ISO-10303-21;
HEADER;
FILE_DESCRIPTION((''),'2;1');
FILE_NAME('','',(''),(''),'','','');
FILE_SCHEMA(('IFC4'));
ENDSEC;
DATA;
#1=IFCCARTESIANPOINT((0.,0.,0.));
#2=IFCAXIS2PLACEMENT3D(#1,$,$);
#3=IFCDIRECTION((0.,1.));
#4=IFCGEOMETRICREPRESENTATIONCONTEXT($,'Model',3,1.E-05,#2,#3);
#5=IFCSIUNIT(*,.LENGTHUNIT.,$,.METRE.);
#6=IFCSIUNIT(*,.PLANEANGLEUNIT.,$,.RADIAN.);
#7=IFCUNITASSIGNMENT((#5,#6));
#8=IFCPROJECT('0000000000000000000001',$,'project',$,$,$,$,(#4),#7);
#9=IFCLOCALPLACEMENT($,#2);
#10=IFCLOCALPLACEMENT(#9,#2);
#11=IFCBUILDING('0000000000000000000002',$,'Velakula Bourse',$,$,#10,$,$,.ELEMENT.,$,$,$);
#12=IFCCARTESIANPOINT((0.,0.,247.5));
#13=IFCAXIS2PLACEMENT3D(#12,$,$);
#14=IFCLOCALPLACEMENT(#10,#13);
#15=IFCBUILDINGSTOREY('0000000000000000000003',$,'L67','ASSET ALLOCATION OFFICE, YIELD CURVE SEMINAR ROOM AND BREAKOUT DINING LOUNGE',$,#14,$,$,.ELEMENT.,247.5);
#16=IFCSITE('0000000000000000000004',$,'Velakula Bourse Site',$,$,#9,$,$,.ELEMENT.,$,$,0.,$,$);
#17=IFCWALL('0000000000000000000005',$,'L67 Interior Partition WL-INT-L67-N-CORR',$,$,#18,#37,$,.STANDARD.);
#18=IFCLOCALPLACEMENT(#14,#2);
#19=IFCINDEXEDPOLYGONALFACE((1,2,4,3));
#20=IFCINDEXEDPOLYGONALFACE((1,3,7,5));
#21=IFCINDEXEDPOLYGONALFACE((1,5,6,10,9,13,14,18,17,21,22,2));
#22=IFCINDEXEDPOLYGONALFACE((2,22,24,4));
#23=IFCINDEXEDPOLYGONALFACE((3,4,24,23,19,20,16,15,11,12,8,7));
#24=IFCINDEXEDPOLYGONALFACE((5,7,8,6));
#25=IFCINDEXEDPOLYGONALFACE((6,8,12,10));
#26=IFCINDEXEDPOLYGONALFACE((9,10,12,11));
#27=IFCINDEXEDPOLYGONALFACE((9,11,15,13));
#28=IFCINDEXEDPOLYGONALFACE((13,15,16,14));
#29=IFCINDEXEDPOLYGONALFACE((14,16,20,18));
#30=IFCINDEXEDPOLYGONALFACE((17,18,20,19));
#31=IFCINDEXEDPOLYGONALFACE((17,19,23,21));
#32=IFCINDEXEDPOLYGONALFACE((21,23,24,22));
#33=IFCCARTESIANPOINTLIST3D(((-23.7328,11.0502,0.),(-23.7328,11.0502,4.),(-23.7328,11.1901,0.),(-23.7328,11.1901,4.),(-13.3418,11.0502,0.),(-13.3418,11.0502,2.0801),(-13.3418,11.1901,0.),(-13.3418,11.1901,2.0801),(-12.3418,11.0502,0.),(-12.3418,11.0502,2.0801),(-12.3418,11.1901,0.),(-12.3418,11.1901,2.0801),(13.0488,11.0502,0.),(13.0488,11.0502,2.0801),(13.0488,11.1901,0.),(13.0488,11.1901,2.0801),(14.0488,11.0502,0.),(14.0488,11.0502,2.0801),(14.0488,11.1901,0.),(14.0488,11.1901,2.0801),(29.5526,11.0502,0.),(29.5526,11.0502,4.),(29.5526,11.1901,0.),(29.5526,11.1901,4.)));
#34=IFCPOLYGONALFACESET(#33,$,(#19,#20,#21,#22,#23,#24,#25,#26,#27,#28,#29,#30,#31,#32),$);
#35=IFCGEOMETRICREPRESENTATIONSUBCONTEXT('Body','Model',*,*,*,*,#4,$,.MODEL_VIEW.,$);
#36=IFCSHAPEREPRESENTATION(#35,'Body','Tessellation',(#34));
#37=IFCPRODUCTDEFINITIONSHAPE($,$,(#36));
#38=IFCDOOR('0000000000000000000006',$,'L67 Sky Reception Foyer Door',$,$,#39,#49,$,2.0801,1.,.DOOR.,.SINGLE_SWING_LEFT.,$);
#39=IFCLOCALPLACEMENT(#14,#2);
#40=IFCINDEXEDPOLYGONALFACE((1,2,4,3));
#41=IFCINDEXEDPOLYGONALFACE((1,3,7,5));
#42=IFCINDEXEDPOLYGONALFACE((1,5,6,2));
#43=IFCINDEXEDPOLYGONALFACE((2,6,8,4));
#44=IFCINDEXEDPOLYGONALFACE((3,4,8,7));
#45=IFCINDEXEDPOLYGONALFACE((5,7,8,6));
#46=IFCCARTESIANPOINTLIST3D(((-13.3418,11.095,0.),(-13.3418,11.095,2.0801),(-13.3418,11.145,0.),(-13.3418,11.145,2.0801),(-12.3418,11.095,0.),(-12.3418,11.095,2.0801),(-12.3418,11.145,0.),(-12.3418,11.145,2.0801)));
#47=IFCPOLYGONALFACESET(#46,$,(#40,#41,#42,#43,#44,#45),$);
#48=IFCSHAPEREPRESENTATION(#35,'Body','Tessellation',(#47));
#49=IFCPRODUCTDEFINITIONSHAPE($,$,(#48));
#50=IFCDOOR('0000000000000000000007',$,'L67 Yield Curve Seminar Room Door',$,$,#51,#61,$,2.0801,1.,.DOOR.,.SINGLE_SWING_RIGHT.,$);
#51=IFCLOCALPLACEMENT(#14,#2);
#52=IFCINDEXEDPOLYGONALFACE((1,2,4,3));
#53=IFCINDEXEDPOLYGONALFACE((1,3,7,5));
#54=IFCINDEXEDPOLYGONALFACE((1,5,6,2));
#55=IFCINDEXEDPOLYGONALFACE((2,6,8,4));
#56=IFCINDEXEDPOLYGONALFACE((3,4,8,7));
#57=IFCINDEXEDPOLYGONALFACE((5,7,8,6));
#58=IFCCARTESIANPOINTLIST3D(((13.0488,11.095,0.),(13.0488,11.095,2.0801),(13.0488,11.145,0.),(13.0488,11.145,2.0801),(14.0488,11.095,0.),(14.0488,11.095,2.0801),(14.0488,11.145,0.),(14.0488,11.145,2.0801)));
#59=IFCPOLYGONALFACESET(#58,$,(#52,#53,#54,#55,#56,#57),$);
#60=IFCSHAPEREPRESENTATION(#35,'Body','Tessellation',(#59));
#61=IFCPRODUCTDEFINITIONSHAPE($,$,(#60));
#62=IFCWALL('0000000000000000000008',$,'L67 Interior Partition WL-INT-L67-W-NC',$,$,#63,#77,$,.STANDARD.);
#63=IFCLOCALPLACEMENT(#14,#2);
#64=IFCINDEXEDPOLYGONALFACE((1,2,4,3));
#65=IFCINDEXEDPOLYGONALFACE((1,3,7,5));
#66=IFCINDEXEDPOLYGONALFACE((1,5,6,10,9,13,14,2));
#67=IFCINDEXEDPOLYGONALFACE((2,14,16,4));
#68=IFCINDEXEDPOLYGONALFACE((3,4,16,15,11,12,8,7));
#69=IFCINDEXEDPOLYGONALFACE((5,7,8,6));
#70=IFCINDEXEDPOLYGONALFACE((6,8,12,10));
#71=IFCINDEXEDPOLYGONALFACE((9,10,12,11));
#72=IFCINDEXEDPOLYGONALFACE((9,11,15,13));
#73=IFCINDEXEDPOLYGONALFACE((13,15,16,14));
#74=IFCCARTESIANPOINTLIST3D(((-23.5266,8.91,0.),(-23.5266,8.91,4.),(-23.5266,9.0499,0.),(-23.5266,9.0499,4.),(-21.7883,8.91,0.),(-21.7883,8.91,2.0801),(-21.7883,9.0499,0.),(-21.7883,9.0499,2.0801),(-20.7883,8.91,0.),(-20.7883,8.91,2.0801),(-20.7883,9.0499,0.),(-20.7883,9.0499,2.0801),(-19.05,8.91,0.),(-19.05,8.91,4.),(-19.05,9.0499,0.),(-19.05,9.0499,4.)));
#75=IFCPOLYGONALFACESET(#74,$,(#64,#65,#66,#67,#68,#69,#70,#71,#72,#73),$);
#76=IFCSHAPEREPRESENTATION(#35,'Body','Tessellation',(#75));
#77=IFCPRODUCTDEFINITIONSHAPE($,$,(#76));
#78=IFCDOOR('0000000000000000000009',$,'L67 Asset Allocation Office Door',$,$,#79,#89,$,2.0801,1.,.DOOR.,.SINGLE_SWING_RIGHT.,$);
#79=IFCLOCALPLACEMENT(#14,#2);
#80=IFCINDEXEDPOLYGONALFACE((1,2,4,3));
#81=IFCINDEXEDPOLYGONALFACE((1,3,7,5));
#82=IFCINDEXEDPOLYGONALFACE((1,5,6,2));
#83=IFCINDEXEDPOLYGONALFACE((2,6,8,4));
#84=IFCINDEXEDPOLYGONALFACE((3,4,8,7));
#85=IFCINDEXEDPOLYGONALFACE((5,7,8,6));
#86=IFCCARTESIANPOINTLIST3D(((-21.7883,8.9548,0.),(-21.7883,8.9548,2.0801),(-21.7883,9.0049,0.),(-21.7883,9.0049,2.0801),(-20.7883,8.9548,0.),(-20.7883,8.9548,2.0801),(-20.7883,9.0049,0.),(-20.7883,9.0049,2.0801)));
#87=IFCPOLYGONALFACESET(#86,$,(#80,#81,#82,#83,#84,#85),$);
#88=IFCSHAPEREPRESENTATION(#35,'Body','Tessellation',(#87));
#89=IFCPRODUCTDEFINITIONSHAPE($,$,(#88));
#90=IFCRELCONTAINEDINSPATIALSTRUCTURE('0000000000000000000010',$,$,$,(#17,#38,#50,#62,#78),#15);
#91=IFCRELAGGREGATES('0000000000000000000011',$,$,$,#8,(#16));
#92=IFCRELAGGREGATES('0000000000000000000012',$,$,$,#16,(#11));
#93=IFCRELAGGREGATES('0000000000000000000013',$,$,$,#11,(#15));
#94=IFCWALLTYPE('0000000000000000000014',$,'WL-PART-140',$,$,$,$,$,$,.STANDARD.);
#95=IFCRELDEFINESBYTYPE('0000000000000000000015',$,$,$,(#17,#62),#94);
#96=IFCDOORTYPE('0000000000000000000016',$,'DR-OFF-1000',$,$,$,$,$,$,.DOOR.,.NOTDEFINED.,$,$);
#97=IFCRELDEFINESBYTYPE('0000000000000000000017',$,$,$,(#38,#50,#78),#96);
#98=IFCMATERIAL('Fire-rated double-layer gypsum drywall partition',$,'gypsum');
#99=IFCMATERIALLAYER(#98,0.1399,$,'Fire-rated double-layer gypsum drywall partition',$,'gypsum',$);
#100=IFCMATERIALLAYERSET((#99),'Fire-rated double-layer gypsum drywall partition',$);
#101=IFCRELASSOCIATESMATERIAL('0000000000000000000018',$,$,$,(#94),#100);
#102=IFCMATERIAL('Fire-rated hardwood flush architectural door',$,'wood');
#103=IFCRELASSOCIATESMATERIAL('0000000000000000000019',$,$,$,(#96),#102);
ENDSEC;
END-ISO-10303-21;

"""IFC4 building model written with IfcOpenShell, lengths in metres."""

from ifc_helpers import new_model, si_unit, direction, frame, frame_2d, origin, place, context, subcontext, project, spatial, rectangle, extrude, material, layer, layer_set, type_object, element, fill, save


model = new_model("IFC4")

# Units and contexts
model_context = context("Model", 3, precision=1e-05, world=origin(), true_north=direction((0.0, 1.0)))
body_context = subcontext(model_context, "Body", "Model", "MODEL_VIEW")
ifc_project = project(units=[si_unit("LENGTHUNIT", "METRE"), si_unit("PLANEANGLEUNIT", "RADIAN")], contexts=[model_context])

# Site, building, storey
site_placement = place(None, origin())
site = spatial("IfcSite", under=ifc_project, at=site_placement, Name="Velakula Bourse Site", CompositionType="ELEMENT", RefElevation=0.0)
building_placement = place(site_placement, origin())
building = spatial("IfcBuilding", under=site, at=building_placement, Name="Velakula Bourse", CompositionType="ELEMENT")
storey_placement = place(building_placement, frame((0.0, 0.0, 247.5)))
storey = spatial("IfcBuildingStorey", under=building, at=storey_placement, Name="L67", Description="ASSET ALLOCATION OFFICE, YIELD CURVE SEMINAR ROOM AND BREAKOUT DINING LOUNGE", CompositionType="ELEMENT", Elevation=247.5)

# Shared definitions
ifc_material_1 = material(Name="Fire-rated hardwood flush architectural door", Category="wood")

# Wall, openings, doors
ifc_material_2 = material(Name="Fire-rated double-layer gypsum drywall partition", Category="gypsum")
ifc_layer_1 = layer(ifc_material_2, 0.1399, Name="Fire-rated double-layer gypsum drywall partition", Category="gypsum")
ifc_layer_set_1 = layer_set([ifc_layer_1], Name="Fire-rated double-layer gypsum drywall partition")
wall_type_1 = type_object("IfcWallType", Name="WL-PART-140", PredefinedType="STANDARD", material=ifc_layer_set_1)
wall_1_placement = place(storey_placement, frame((-23.7327, 11.1201, 0.0), z_axis=(0.0, 0.0, 1.0), x_axis=(1.0, 0.0, 0.0)))
wall_1 = element("IfcWall", 1, at=wall_1_placement, inside=storey, type_object=wall_type_1, Name="L67 Interior Partition WL-INT-L67-N-CORR", PredefinedType="STANDARD", context=body_context, shape_type="SweptSolid", body=[
    extrude(rectangle(XDim=53.2854, YDim=0.1399, at=frame_2d((26.6426, 0.0))), origin(), (0.0, 0.0, 1.0), 4.0),
])
opening_1_placement = place(wall_1_placement, frame((10.3909, 0.0, 0.0)))
opening_1 = element("IfcOpeningElement", 2, at=opening_1_placement, cuts=wall_1, PredefinedType="OPENING", context=body_context, shape_type="SweptSolid", body=[
    extrude(rectangle(XDim=1.0, YDim=2.0801, at=frame_2d((0.5, 1.04))), frame((0.0, 0.0798, 0.0), z_axis=(0.0, -1.0, 0.0), x_axis=(1.0, 0.0, 0.0)), (0.0, 0.0, 1.0), 0.1599),
])
opening_2_placement = place(wall_1_placement, frame((36.7815, 0.0, 0.0)))
opening_2 = element("IfcOpeningElement", 3, at=opening_2_placement, cuts=wall_1, PredefinedType="OPENING", context=body_context, shape_type="SweptSolid", body=[
    extrude(rectangle(XDim=1.0, YDim=2.0801, at=frame_2d((0.5, 1.04))), frame((0.0, 0.0798, 0.0), z_axis=(0.0, -1.0, 0.0), x_axis=(1.0, 0.0, 0.0)), (0.0, 0.0, 1.0), 0.1599),
])
door_type_1 = type_object("IfcDoorType", Name="DR-OFF-1000", OperationType="NOTDEFINED", PredefinedType="DOOR", material=ifc_material_1)
door_1_placement = place(opening_1_placement, origin())
door_1 = element("IfcDoor", 4, at=door_1_placement, inside=storey, type_object=door_type_1, Name="L67 Sky Reception Foyer Door", OperationType="SINGLE_SWING_LEFT", OverallHeight=2.0801, OverallWidth=1.0, PredefinedType="DOOR", context=body_context, shape_type="SweptSolid", body=[
    extrude(rectangle(XDim=1.0, YDim=2.0801, at=frame_2d((0.5, 1.04))), frame((0.0, 0.0249, 0.0), z_axis=(0.0, -1.0, 0.0), x_axis=(1.0, 0.0, 0.0)), (0.0, 0.0, 1.0), 0.05),
])
fill(opening_1, door_1)
door_2_placement = place(opening_2_placement, origin())
door_2 = element("IfcDoor", 5, at=door_2_placement, inside=storey, type_object=door_type_1, Name="L67 Yield Curve Seminar Room Door", OperationType="SINGLE_SWING_RIGHT", OverallHeight=2.0801, OverallWidth=1.0, PredefinedType="DOOR", context=body_context, shape_type="SweptSolid", body=[
    extrude(rectangle(XDim=1.0, YDim=2.0801, at=frame_2d((0.5, 1.04))), frame((0.0, 0.0249, 0.0), z_axis=(0.0, -1.0, 0.0), x_axis=(1.0, 0.0, 0.0)), (0.0, 0.0, 1.0), 0.05),
])
fill(opening_2, door_2)

# Wall, opening, door
wall_2_placement = place(storey_placement, frame((-23.5266, 8.98, 0.0), z_axis=(0.0, 0.0, 1.0), x_axis=(1.0, 0.0, 0.0)))
wall_2 = element("IfcWall", 6, at=wall_2_placement, inside=storey, type_object=wall_type_1, Name="L67 Interior Partition WL-INT-L67-W-NC", PredefinedType="STANDARD", context=body_context, shape_type="SweptSolid", body=[
    extrude(rectangle(XDim=4.4766, YDim=0.1399, at=frame_2d((2.2383, 0.0))), origin(), (0.0, 0.0, 1.0), 4.0),
])
opening_3_placement = place(wall_2_placement, frame((1.7383, 0.0, 0.0)))
opening_3 = element("IfcOpeningElement", 7, at=opening_3_placement, cuts=wall_2, PredefinedType="OPENING", context=body_context, shape_type="SweptSolid", body=[
    extrude(rectangle(XDim=1.0, YDim=2.0801, at=frame_2d((0.5, 1.04))), frame((0.0, 0.0798, 0.0), z_axis=(0.0, -1.0, 0.0), x_axis=(1.0, 0.0, 0.0)), (0.0, 0.0, 1.0), 0.1599),
])
door_3_placement = place(opening_3_placement, origin())
door_3 = element("IfcDoor", 8, at=door_3_placement, inside=storey, type_object=door_type_1, Name="L67 Asset Allocation Office Door", OperationType="SINGLE_SWING_RIGHT", OverallHeight=2.0801, OverallWidth=1.0, PredefinedType="DOOR", context=body_context, shape_type="SweptSolid", body=[
    extrude(rectangle(XDim=1.0, YDim=2.0801, at=frame_2d((0.5, 1.04))), frame((0.0, 0.0249, 0.0), z_axis=(0.0, -1.0, 0.0), x_axis=(1.0, 0.0, 0.0)), (0.0, 0.0, 1.0), 0.05),
])
fill(opening_3, door_3)

save(model, "model.ifc")
